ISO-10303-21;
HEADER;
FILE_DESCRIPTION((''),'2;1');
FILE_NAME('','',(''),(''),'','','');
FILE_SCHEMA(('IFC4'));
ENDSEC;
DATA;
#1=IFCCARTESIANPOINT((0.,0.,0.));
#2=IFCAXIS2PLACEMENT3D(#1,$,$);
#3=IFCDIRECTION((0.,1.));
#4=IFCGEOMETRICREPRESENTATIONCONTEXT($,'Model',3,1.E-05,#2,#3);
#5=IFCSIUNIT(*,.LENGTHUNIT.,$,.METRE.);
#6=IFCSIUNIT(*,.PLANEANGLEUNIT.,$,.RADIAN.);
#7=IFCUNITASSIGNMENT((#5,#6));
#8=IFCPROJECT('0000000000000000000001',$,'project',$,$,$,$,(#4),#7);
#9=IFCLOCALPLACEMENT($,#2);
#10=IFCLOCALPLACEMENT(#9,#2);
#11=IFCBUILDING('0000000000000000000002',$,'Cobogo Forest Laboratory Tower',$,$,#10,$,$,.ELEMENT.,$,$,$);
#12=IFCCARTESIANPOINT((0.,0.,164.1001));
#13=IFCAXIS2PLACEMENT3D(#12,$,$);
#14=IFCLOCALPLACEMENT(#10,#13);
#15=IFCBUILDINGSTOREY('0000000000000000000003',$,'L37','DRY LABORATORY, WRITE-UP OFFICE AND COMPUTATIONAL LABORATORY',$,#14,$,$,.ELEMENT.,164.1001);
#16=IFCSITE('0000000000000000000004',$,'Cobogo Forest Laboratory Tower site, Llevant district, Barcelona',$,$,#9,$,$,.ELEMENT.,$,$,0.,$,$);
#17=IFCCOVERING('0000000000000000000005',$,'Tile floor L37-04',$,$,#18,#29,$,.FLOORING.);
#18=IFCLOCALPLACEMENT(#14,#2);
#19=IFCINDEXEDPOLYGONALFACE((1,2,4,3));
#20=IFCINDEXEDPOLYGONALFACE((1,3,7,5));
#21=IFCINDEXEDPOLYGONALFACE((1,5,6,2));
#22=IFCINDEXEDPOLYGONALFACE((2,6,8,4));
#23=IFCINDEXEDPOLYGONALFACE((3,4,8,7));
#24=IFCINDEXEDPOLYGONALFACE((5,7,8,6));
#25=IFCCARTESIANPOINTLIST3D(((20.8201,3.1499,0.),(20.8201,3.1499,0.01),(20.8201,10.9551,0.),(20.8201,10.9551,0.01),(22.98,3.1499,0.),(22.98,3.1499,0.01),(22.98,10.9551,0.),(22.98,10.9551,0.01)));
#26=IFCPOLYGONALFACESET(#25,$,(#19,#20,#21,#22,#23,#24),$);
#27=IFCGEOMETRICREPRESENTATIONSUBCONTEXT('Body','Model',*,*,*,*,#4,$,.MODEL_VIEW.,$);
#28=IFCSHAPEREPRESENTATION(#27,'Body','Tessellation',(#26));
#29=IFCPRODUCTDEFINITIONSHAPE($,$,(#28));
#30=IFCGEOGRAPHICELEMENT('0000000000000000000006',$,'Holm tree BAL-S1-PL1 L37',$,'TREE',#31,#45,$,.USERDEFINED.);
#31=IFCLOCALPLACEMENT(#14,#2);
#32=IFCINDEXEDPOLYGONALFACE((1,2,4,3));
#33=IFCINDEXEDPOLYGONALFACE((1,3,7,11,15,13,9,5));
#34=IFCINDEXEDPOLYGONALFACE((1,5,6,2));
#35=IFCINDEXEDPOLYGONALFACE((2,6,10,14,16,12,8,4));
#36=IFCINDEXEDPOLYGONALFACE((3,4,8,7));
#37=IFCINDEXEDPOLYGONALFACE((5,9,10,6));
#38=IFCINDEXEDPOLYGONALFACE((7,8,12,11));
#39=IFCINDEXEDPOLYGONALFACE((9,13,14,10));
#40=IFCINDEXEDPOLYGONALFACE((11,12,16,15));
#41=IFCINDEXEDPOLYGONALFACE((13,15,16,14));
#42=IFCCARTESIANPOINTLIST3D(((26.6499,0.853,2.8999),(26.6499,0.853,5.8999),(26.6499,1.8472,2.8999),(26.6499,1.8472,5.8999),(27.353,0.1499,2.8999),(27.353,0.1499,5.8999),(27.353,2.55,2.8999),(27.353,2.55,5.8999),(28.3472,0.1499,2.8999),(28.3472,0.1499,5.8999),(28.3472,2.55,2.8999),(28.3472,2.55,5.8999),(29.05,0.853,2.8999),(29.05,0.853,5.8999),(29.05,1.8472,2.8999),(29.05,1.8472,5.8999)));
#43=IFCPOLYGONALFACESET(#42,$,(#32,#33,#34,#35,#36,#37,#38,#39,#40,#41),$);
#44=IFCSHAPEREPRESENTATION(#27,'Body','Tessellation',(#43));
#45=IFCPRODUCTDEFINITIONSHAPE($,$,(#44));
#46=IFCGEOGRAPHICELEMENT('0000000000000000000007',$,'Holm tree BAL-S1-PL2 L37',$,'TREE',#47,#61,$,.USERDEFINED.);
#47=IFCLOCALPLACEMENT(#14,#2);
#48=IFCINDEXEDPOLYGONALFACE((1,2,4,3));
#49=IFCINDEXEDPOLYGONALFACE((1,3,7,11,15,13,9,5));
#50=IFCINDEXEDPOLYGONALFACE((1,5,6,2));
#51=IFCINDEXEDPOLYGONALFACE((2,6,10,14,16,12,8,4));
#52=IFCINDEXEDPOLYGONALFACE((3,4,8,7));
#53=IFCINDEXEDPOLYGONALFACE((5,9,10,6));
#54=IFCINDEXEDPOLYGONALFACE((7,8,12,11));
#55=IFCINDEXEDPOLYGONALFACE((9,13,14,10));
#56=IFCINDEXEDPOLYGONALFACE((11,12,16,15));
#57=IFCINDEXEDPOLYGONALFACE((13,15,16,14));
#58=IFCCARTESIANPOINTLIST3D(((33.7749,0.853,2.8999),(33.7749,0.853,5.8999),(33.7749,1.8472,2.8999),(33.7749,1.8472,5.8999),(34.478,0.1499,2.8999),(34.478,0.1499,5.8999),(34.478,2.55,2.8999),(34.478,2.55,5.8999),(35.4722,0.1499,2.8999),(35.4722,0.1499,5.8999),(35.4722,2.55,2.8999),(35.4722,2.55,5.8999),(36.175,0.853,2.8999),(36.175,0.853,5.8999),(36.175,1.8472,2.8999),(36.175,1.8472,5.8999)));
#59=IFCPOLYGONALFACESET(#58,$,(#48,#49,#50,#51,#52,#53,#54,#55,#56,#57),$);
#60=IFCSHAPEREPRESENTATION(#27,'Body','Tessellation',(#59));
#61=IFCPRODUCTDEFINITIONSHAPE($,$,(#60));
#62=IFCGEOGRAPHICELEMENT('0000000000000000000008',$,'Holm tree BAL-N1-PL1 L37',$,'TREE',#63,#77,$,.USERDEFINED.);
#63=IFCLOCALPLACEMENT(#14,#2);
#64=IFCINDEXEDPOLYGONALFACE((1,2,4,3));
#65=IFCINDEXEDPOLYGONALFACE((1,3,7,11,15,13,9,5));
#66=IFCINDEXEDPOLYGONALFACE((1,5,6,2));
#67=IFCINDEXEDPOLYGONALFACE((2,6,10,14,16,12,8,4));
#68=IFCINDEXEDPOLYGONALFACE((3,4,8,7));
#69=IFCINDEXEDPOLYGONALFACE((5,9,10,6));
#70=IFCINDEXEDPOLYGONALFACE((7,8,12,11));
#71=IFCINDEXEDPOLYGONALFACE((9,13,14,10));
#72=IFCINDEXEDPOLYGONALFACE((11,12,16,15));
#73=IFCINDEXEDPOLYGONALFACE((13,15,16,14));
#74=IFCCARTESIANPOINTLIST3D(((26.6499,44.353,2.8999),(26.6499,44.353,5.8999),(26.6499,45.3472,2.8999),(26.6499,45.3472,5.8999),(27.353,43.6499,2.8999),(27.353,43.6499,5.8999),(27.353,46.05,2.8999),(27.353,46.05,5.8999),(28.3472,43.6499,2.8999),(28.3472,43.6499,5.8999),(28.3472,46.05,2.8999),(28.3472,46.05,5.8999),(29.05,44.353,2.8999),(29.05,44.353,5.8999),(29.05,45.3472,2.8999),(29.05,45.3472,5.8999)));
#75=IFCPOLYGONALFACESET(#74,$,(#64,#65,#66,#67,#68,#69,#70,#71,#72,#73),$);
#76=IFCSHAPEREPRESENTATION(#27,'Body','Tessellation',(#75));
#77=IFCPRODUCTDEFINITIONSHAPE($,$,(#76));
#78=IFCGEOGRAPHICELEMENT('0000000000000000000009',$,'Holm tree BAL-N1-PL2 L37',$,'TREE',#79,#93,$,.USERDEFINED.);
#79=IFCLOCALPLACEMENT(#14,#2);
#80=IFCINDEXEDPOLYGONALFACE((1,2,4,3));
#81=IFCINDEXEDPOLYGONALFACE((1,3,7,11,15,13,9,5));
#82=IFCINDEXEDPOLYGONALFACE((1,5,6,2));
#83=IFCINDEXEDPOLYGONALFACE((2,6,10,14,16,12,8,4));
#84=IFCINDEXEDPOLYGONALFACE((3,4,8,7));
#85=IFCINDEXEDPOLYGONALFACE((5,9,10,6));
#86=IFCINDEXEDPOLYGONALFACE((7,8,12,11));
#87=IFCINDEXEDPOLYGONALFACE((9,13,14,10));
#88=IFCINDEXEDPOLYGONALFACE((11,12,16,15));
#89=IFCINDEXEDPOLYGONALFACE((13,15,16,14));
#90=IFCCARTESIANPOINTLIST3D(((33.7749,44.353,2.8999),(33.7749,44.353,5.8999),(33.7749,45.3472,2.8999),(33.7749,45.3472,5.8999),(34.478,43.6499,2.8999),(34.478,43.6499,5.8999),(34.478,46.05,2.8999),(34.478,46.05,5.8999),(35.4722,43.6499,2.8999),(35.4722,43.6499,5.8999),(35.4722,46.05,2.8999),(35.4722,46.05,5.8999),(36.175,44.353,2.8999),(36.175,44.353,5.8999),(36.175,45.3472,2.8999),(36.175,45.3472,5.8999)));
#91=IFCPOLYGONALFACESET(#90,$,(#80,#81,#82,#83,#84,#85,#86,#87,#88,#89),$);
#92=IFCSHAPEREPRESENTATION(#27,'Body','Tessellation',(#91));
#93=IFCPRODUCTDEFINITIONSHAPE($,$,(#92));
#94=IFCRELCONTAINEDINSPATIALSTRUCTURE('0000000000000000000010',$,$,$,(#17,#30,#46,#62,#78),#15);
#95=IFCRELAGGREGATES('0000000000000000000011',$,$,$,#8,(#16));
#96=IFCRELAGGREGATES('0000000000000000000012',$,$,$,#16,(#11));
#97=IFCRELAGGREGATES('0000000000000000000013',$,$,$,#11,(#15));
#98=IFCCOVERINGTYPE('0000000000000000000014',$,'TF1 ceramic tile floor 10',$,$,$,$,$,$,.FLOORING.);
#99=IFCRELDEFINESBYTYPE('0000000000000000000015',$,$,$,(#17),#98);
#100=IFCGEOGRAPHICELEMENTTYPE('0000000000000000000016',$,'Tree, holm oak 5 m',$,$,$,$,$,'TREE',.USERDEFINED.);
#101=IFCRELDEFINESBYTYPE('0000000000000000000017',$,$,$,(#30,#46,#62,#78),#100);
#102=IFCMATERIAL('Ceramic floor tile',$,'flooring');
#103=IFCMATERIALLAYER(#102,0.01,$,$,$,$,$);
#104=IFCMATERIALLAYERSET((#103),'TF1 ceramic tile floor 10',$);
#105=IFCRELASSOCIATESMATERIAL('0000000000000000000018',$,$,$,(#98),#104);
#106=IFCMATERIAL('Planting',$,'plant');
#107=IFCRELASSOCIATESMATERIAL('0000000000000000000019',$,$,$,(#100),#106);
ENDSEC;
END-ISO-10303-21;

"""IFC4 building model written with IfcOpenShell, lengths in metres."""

from ifc_helpers import new_model, si_unit, direction, frame, origin, place, context, subcontext, project, spatial, polyline, outline, extrude, material, layer, layer_set, type_object, element, save


model = new_model("IFC4")

# Units and contexts
model_context = context("Model", 3, precision=1e-05, world=origin(), true_north=direction((0.0, 1.0)))
body_context = subcontext(model_context, "Body", "Model", "MODEL_VIEW")
ifc_project = project(units=[si_unit("LENGTHUNIT", "METRE"), si_unit("PLANEANGLEUNIT", "RADIAN")], contexts=[model_context])

# Site, building, storey
site_placement = place(None, origin())
site = spatial("IfcSite", under=ifc_project, at=site_placement, Name="Cobogo Forest Laboratory Tower site, Llevant district, Barcelona", CompositionType="ELEMENT", RefElevation=0.0)
building_placement = place(site_placement, origin())
building = spatial("IfcBuilding", under=site, at=building_placement, Name="Cobogo Forest Laboratory Tower", CompositionType="ELEMENT")
storey_placement = place(building_placement, frame((0.0, 0.0, 164.1001)))
storey = spatial("IfcBuildingStorey", under=building, at=storey_placement, Name="L37", Description="DRY LABORATORY, WRITE-UP OFFICE AND COMPUTATIONAL LABORATORY", CompositionType="ELEMENT", Elevation=164.1001)

# Covering
ifc_material_1 = material(Name="Ceramic floor tile", Category="flooring")
ifc_layer_1 = layer(ifc_material_1, 0.01)
ifc_layer_set_1 = layer_set([ifc_layer_1], Name="TF1 ceramic tile floor 10")
covering_type_1 = type_object("IfcCoveringType", Name="TF1 ceramic tile floor 10", PredefinedType="FLOORING", material=ifc_layer_set_1)
covering_1_placement = place(storey_placement, origin())
element("IfcCovering", 1, at=covering_1_placement, inside=storey, type_object=covering_type_1, Name="Tile floor L37-04", PredefinedType="FLOORING", context=body_context, shape_type="SweptSolid", body=[
    extrude(outline(polyline([(20.8201, 10.9551), (22.98, 10.9551), (22.98, 3.1499), (20.8201, 3.1499), (20.8201, 10.9551)])), origin(), (0.0, 0.0, 1.0), 0.01),
])

# Geographic elements
ifc_material_2 = material(Name="Planting", Category="plant")
geographic_element_type = type_object("IfcGeographicElementType", Name="Tree, holm oak 5 m", ElementType="TREE", PredefinedType="USERDEFINED", material=ifc_material_2)
geographic_element_1_placement = place(storey_placement, frame((0.0, 0.0, 2.8999)))
element("IfcGeographicElement", 2, at=geographic_element_1_placement, inside=storey, type_object=geographic_element_type, Name="Holm tree BAL-S1-PL1 L37", ObjectType="TREE", PredefinedType="USERDEFINED", context=body_context, shape_type="SweptSolid", body=[
    extrude(outline(polyline([(29.05, 0.853), (29.05, 1.8472), (28.3472, 2.55), (27.353, 2.55), (26.6499, 1.8472), (26.6499, 0.853), (27.353, 0.1499), (28.3472, 0.1499), (29.05, 0.853)])), origin(), (0.0, 0.0, 1.0), 3.0),
])
geographic_element_2_placement = place(storey_placement, frame((0.0, 0.0, 2.8999)))
element("IfcGeographicElement", 3, at=geographic_element_2_placement, inside=storey, type_object=geographic_element_type, Name="Holm tree BAL-S1-PL2 L37", ObjectType="TREE", PredefinedType="USERDEFINED", context=body_context, shape_type="SweptSolid", body=[
    extrude(outline(polyline([(36.175, 0.853), (36.175, 1.8472), (35.4722, 2.55), (34.478, 2.55), (33.7749, 1.8472), (33.7749, 0.853), (34.478, 0.1499), (35.4722, 0.1499), (36.175, 0.853)])), origin(), (0.0, 0.0, 1.0), 3.0),
])
geographic_element_3_placement = place(storey_placement, frame((0.0, 0.0, 2.8999)))
element("IfcGeographicElement", 4, at=geographic_element_3_placement, inside=storey, type_object=geographic_element_type, Name="Holm tree BAL-N1-PL1 L37", ObjectType="TREE", PredefinedType="USERDEFINED", context=body_context, shape_type="SweptSolid", body=[
    extrude(outline(polyline([(29.05, 44.353), (29.05, 45.3472), (28.3472, 46.05), (27.353, 46.05), (26.6499, 45.3472), (26.6499, 44.353), (27.353, 43.6499), (28.3472, 43.6499), (29.05, 44.353)])), origin(), (0.0, 0.0, 1.0), 3.0),
])
geographic_element_4_placement = place(storey_placement, frame((0.0, 0.0, 2.8999)))
element("IfcGeographicElement", 5, at=geographic_element_4_placement, inside=storey, type_object=geographic_element_type, Name="Holm tree BAL-N1-PL2 L37", ObjectType="TREE", PredefinedType="USERDEFINED", context=body_context, shape_type="SweptSolid", body=[
    extrude(outline(polyline([(36.175, 44.353), (36.175, 45.3472), (35.4722, 46.05), (34.478, 46.05), (33.7749, 45.3472), (33.7749, 44.353), (34.478, 43.6499), (35.4722, 43.6499), (36.175, 44.353)])), origin(), (0.0, 0.0, 1.0), 3.0),
])

save(model, "model.ifc")
